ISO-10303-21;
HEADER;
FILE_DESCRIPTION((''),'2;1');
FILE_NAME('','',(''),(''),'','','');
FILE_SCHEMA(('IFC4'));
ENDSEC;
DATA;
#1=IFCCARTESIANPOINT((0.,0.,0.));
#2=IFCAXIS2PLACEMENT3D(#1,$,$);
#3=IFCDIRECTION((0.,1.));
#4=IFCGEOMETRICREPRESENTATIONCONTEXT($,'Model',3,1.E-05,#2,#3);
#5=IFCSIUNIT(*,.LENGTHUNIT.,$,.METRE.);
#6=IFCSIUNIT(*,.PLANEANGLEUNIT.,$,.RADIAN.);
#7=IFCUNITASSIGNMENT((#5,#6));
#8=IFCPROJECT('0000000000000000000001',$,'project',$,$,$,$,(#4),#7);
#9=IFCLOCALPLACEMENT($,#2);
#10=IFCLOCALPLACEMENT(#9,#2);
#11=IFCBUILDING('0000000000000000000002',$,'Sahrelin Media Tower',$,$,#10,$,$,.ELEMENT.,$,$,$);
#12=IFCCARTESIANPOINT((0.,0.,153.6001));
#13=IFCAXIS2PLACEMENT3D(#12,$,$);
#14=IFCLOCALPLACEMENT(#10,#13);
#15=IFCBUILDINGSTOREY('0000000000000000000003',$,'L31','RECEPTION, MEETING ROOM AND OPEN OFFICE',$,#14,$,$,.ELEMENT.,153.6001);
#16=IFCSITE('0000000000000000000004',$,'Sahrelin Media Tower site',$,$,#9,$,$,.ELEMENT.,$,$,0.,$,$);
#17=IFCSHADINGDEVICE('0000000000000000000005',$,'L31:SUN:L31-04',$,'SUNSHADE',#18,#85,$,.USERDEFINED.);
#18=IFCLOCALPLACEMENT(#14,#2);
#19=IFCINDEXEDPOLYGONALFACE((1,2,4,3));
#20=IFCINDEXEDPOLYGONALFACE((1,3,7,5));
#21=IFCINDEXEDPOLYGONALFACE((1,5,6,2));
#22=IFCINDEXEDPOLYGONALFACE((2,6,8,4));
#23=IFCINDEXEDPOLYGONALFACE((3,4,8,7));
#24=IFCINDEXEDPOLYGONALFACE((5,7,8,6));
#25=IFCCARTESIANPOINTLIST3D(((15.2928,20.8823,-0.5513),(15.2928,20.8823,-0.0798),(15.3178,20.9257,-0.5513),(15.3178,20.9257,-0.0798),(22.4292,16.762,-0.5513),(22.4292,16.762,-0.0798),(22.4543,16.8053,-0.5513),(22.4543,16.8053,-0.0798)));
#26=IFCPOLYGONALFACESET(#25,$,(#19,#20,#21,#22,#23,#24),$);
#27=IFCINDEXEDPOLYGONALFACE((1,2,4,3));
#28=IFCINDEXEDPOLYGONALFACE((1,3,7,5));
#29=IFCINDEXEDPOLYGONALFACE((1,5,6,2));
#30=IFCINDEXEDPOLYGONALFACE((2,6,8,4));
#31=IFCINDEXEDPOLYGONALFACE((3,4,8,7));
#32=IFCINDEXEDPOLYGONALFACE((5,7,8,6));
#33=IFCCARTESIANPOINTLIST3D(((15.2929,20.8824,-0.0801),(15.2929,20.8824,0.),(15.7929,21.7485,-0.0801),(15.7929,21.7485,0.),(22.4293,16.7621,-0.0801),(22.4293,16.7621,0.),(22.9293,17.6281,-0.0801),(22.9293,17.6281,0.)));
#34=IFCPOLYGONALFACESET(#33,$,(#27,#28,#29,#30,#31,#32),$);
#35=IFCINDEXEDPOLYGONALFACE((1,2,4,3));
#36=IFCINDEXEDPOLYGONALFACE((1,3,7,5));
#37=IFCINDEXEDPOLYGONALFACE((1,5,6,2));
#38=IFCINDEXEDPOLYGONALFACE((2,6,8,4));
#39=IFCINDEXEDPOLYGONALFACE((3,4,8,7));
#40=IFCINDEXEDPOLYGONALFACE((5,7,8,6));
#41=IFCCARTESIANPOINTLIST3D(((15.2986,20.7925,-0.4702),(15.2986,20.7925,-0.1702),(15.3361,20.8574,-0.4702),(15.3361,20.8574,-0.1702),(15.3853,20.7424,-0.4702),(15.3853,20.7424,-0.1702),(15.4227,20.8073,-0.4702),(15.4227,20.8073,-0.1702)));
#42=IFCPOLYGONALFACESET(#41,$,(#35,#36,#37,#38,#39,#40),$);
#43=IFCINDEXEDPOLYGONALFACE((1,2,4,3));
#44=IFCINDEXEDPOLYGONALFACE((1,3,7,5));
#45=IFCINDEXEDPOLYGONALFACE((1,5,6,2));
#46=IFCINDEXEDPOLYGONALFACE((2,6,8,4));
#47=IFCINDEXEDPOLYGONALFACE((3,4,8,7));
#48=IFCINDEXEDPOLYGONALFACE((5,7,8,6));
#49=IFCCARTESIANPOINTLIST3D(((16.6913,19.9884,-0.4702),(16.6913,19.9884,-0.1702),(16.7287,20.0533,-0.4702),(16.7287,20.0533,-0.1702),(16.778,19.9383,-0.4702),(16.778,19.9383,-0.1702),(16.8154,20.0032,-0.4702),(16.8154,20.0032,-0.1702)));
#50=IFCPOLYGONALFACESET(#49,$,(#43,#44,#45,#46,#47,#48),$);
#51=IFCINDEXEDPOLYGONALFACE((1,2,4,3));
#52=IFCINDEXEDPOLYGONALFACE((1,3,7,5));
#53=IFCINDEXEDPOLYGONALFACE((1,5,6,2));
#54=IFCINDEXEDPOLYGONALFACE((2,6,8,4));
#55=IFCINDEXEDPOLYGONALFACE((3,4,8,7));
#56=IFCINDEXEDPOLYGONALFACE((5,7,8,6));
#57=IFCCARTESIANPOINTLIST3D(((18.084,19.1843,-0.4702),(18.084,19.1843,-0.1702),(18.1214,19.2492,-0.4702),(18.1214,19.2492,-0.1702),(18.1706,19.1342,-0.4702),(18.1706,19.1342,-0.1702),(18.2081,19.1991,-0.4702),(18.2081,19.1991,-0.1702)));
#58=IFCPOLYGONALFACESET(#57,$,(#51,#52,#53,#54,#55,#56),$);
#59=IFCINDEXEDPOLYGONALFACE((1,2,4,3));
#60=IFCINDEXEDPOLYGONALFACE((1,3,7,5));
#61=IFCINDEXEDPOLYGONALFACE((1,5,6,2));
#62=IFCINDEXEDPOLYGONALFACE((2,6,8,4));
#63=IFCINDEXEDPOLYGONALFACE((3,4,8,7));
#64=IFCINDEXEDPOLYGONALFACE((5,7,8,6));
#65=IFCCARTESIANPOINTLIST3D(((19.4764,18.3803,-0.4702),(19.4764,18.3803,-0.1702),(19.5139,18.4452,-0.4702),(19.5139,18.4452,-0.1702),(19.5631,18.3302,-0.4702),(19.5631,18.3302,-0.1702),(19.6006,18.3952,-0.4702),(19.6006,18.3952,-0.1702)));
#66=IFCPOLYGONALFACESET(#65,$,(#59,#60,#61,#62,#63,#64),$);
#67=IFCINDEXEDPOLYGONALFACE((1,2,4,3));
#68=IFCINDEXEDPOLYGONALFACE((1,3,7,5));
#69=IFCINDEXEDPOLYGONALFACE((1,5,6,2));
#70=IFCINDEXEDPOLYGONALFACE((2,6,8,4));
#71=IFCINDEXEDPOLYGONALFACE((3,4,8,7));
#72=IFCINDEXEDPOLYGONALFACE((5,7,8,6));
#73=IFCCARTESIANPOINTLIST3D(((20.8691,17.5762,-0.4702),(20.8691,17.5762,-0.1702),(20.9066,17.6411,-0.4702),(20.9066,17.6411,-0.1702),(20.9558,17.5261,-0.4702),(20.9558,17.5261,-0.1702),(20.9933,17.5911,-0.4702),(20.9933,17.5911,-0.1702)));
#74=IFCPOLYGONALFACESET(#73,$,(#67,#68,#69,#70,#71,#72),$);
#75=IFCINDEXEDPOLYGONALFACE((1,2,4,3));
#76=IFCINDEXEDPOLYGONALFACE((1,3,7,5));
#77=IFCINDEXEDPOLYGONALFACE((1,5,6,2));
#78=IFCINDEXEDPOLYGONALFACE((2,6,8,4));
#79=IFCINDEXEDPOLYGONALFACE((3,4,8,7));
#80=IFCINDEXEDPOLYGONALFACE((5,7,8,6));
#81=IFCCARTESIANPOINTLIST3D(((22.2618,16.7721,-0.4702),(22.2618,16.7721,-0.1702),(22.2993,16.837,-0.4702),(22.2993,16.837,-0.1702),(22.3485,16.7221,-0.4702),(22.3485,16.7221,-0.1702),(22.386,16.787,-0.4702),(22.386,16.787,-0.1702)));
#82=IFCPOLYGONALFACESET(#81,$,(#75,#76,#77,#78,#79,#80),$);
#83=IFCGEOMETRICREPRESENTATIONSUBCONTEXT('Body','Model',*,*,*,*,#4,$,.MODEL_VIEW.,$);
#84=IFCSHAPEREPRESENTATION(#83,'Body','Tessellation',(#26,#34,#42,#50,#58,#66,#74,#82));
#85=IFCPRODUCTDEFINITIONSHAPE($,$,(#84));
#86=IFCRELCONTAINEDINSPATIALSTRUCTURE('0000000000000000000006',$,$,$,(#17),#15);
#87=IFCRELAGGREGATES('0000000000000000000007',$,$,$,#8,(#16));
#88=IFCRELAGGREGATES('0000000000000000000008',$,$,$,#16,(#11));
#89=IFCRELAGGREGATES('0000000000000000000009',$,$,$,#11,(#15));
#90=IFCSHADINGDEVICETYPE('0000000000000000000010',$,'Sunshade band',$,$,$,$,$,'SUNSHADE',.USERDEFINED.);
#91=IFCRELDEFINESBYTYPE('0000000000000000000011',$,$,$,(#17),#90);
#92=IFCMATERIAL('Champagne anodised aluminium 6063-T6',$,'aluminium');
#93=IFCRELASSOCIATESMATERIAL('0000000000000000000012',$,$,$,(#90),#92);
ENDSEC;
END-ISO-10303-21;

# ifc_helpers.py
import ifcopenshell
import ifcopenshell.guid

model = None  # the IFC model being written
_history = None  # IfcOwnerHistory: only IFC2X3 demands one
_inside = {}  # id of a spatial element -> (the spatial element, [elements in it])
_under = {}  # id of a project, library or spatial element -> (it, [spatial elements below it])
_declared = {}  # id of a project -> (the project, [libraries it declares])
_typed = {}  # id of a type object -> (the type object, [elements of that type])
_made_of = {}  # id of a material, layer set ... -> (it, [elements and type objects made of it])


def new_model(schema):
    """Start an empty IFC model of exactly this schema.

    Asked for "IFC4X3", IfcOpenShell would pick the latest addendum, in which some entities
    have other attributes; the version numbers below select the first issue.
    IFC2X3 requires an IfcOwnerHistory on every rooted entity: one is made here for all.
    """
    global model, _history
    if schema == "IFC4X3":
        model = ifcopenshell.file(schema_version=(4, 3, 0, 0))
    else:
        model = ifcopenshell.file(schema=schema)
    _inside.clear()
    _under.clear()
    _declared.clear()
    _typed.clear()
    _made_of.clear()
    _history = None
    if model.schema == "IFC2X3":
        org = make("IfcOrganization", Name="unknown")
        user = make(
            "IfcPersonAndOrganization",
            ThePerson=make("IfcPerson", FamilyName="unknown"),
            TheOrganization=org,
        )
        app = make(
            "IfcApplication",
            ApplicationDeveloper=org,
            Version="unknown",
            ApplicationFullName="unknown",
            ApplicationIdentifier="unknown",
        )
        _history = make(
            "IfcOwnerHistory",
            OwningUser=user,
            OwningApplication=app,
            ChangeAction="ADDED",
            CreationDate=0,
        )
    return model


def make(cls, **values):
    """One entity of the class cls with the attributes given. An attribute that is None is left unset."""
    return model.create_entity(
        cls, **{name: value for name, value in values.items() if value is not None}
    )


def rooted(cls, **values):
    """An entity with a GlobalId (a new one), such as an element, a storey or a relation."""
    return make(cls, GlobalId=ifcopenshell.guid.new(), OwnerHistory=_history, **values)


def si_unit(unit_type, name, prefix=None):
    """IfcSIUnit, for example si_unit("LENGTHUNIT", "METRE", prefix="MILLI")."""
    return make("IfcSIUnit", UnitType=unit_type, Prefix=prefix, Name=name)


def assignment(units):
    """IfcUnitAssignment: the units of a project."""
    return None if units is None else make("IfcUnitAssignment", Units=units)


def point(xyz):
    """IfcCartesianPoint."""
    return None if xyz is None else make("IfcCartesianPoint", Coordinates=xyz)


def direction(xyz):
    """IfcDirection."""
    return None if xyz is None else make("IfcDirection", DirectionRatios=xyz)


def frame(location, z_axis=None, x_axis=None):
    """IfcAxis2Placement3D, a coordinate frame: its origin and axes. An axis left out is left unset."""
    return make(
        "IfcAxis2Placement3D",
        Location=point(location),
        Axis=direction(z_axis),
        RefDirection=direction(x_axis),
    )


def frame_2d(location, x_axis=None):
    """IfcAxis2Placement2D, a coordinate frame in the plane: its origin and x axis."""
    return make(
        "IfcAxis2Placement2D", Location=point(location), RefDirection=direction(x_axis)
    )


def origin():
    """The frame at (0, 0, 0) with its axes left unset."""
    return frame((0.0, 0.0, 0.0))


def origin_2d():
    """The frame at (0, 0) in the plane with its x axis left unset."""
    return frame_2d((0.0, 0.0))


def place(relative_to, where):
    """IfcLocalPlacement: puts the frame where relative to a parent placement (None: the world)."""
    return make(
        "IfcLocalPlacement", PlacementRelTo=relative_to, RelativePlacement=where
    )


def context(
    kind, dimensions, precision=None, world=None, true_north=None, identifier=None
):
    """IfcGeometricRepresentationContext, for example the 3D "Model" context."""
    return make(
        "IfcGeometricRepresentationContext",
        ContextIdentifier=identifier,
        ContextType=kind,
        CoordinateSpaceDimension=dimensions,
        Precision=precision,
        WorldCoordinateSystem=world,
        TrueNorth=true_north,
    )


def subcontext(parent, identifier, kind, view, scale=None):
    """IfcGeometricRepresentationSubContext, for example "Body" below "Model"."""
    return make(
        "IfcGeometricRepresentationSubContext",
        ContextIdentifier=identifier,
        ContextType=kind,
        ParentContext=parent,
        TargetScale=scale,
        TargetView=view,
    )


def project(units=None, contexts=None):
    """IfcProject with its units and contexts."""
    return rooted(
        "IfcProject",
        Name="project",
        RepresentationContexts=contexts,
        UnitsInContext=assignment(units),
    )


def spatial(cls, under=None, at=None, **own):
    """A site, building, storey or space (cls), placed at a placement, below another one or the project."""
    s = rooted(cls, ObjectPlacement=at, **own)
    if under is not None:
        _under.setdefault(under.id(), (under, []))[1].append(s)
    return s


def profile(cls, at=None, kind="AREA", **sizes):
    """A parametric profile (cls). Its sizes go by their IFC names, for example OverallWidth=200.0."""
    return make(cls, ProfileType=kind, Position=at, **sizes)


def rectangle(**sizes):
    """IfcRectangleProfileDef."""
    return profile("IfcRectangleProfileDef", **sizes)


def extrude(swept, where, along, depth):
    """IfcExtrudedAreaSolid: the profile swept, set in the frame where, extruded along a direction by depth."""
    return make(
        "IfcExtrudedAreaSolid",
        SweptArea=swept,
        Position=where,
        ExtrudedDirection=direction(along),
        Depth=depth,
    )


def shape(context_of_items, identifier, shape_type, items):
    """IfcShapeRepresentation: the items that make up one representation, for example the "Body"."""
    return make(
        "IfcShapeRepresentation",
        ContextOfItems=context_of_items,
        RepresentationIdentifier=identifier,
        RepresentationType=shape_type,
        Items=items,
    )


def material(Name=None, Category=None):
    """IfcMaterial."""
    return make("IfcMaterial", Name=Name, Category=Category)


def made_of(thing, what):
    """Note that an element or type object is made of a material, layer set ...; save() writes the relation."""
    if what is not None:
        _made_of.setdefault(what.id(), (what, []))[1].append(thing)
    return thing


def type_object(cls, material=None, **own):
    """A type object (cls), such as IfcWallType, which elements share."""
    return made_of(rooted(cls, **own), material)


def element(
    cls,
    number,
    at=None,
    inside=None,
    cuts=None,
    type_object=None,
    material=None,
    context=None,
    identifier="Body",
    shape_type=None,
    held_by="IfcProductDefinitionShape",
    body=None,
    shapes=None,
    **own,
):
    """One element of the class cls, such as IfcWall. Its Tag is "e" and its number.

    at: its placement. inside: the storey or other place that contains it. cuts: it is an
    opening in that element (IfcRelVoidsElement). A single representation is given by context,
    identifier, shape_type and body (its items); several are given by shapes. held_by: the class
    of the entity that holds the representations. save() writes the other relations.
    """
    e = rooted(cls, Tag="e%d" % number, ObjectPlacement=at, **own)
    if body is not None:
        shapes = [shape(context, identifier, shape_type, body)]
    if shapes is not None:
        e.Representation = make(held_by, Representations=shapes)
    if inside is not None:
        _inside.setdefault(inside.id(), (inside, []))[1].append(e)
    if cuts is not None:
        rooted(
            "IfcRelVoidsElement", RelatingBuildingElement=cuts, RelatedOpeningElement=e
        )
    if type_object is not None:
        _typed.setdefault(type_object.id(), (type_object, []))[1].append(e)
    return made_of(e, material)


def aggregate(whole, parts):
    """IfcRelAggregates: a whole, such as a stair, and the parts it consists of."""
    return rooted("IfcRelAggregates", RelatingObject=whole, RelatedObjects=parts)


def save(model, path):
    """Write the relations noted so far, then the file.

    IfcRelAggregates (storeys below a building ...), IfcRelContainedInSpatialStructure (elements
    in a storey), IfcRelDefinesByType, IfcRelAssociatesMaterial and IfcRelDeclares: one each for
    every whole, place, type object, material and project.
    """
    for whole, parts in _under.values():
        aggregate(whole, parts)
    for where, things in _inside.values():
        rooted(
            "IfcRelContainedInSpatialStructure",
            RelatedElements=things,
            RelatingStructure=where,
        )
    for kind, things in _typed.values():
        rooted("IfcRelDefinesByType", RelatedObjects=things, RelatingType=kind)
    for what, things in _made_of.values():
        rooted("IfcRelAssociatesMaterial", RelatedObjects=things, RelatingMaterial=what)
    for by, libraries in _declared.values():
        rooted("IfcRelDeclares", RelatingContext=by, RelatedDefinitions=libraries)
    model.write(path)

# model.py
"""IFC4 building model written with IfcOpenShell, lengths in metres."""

from ifc_helpers import new_model, si_unit, direction, frame, origin, origin_2d, place, context, subcontext, project, spatial, rectangle, extrude, material, type_object, element, save


model = new_model("IFC4")

# Units and contexts
model_context = context("Model", 3, precision=1e-05, world=origin(), true_north=direction((0.0, 1.0)))
body_context = subcontext(model_context, "Body", "Model", "MODEL_VIEW")
ifc_project = project(units=[si_unit("LENGTHUNIT", "METRE"), si_unit("PLANEANGLEUNIT", "RADIAN")], contexts=[model_context])

# Site, building, storey
site_placement = place(None, origin())
site = spatial("IfcSite", under=ifc_project, at=site_placement, Name="Sahrelin Media Tower site", CompositionType="ELEMENT", RefElevation=0.0)
building_placement = place(site_placement, origin())
building = spatial("IfcBuilding", under=site, at=building_placement, Name="Sahrelin Media Tower", CompositionType="ELEMENT")
storey_placement = place(building_placement, frame((0.0, 0.0, 153.6001)))
storey = spatial("IfcBuildingStorey", under=building, at=storey_placement, Name="L31", Description="RECEPTION, MEETING ROOM AND OPEN OFFICE", CompositionType="ELEMENT", Elevation=153.6001)

# Shared definitions
ifc_material_1 = material(Name="Champagne anodised aluminium 6063-T6", Category="aluminium")

# Shading device
placement_1 = place(storey_placement, frame((18.8511, 18.8049, 0.0), z_axis=(0.0, 0.0, 1.0), x_axis=(0.866019, -0.500011, 0.0)))
shading_device_type_1 = type_object("IfcShadingDeviceType", Name="Sunshade band", ElementType="SUNSHADE", PredefinedType="USERDEFINED", material=ifc_material_1)
element("IfcShadingDevice", 1, at=placement_1, inside=storey, type_object=shading_device_type_1, Name="L31:SUN:L31-04", ObjectType="SUNSHADE", PredefinedType="USERDEFINED", context=body_context, shape_type="SweptSolid", body=[
    extrude(rectangle(XDim=8.2405, YDim=0.05, at=origin_2d()), frame((0.0, 0.0449, -0.5513)), (0.0, 0.0, 1.0), 0.4714),
    extrude(rectangle(XDim=8.2405, YDim=1.0, at=origin_2d()), frame((0.0, 0.52, -0.0801)), (0.0, 0.0, 1.0), 0.0801),
    extrude(rectangle(XDim=0.1001, YDim=0.075, at=origin_2d()), frame((-4.0203, -0.0176, -0.4702)), (0.0, 0.0, 1.0), 0.3),
    extrude(rectangle(XDim=0.1001, YDim=0.075, at=origin_2d()), frame((-2.4121, -0.0176, -0.4702)), (0.0, 0.0, 1.0), 0.3),
    extrude(rectangle(XDim=0.1001, YDim=0.075, at=origin_2d()), frame((-0.804, -0.0176, -0.4702)), (0.0, 0.0, 1.0), 0.3),
    extrude(rectangle(XDim=0.1001, YDim=0.075, at=origin_2d()), frame((0.804, -0.0176, -0.4702)), (0.0, 0.0, 1.0), 0.3),
    extrude(rectangle(XDim=0.1001, YDim=0.075, at=origin_2d()), frame((2.4121, -0.0176, -0.4702)), (0.0, 0.0, 1.0), 0.3),
    extrude(rectangle(XDim=0.1001, YDim=0.075, at=origin_2d()), frame((4.0203, -0.0176, -0.4702)), (0.0, 0.0, 1.0), 0.3),
])

save(model, "model.ifc")
